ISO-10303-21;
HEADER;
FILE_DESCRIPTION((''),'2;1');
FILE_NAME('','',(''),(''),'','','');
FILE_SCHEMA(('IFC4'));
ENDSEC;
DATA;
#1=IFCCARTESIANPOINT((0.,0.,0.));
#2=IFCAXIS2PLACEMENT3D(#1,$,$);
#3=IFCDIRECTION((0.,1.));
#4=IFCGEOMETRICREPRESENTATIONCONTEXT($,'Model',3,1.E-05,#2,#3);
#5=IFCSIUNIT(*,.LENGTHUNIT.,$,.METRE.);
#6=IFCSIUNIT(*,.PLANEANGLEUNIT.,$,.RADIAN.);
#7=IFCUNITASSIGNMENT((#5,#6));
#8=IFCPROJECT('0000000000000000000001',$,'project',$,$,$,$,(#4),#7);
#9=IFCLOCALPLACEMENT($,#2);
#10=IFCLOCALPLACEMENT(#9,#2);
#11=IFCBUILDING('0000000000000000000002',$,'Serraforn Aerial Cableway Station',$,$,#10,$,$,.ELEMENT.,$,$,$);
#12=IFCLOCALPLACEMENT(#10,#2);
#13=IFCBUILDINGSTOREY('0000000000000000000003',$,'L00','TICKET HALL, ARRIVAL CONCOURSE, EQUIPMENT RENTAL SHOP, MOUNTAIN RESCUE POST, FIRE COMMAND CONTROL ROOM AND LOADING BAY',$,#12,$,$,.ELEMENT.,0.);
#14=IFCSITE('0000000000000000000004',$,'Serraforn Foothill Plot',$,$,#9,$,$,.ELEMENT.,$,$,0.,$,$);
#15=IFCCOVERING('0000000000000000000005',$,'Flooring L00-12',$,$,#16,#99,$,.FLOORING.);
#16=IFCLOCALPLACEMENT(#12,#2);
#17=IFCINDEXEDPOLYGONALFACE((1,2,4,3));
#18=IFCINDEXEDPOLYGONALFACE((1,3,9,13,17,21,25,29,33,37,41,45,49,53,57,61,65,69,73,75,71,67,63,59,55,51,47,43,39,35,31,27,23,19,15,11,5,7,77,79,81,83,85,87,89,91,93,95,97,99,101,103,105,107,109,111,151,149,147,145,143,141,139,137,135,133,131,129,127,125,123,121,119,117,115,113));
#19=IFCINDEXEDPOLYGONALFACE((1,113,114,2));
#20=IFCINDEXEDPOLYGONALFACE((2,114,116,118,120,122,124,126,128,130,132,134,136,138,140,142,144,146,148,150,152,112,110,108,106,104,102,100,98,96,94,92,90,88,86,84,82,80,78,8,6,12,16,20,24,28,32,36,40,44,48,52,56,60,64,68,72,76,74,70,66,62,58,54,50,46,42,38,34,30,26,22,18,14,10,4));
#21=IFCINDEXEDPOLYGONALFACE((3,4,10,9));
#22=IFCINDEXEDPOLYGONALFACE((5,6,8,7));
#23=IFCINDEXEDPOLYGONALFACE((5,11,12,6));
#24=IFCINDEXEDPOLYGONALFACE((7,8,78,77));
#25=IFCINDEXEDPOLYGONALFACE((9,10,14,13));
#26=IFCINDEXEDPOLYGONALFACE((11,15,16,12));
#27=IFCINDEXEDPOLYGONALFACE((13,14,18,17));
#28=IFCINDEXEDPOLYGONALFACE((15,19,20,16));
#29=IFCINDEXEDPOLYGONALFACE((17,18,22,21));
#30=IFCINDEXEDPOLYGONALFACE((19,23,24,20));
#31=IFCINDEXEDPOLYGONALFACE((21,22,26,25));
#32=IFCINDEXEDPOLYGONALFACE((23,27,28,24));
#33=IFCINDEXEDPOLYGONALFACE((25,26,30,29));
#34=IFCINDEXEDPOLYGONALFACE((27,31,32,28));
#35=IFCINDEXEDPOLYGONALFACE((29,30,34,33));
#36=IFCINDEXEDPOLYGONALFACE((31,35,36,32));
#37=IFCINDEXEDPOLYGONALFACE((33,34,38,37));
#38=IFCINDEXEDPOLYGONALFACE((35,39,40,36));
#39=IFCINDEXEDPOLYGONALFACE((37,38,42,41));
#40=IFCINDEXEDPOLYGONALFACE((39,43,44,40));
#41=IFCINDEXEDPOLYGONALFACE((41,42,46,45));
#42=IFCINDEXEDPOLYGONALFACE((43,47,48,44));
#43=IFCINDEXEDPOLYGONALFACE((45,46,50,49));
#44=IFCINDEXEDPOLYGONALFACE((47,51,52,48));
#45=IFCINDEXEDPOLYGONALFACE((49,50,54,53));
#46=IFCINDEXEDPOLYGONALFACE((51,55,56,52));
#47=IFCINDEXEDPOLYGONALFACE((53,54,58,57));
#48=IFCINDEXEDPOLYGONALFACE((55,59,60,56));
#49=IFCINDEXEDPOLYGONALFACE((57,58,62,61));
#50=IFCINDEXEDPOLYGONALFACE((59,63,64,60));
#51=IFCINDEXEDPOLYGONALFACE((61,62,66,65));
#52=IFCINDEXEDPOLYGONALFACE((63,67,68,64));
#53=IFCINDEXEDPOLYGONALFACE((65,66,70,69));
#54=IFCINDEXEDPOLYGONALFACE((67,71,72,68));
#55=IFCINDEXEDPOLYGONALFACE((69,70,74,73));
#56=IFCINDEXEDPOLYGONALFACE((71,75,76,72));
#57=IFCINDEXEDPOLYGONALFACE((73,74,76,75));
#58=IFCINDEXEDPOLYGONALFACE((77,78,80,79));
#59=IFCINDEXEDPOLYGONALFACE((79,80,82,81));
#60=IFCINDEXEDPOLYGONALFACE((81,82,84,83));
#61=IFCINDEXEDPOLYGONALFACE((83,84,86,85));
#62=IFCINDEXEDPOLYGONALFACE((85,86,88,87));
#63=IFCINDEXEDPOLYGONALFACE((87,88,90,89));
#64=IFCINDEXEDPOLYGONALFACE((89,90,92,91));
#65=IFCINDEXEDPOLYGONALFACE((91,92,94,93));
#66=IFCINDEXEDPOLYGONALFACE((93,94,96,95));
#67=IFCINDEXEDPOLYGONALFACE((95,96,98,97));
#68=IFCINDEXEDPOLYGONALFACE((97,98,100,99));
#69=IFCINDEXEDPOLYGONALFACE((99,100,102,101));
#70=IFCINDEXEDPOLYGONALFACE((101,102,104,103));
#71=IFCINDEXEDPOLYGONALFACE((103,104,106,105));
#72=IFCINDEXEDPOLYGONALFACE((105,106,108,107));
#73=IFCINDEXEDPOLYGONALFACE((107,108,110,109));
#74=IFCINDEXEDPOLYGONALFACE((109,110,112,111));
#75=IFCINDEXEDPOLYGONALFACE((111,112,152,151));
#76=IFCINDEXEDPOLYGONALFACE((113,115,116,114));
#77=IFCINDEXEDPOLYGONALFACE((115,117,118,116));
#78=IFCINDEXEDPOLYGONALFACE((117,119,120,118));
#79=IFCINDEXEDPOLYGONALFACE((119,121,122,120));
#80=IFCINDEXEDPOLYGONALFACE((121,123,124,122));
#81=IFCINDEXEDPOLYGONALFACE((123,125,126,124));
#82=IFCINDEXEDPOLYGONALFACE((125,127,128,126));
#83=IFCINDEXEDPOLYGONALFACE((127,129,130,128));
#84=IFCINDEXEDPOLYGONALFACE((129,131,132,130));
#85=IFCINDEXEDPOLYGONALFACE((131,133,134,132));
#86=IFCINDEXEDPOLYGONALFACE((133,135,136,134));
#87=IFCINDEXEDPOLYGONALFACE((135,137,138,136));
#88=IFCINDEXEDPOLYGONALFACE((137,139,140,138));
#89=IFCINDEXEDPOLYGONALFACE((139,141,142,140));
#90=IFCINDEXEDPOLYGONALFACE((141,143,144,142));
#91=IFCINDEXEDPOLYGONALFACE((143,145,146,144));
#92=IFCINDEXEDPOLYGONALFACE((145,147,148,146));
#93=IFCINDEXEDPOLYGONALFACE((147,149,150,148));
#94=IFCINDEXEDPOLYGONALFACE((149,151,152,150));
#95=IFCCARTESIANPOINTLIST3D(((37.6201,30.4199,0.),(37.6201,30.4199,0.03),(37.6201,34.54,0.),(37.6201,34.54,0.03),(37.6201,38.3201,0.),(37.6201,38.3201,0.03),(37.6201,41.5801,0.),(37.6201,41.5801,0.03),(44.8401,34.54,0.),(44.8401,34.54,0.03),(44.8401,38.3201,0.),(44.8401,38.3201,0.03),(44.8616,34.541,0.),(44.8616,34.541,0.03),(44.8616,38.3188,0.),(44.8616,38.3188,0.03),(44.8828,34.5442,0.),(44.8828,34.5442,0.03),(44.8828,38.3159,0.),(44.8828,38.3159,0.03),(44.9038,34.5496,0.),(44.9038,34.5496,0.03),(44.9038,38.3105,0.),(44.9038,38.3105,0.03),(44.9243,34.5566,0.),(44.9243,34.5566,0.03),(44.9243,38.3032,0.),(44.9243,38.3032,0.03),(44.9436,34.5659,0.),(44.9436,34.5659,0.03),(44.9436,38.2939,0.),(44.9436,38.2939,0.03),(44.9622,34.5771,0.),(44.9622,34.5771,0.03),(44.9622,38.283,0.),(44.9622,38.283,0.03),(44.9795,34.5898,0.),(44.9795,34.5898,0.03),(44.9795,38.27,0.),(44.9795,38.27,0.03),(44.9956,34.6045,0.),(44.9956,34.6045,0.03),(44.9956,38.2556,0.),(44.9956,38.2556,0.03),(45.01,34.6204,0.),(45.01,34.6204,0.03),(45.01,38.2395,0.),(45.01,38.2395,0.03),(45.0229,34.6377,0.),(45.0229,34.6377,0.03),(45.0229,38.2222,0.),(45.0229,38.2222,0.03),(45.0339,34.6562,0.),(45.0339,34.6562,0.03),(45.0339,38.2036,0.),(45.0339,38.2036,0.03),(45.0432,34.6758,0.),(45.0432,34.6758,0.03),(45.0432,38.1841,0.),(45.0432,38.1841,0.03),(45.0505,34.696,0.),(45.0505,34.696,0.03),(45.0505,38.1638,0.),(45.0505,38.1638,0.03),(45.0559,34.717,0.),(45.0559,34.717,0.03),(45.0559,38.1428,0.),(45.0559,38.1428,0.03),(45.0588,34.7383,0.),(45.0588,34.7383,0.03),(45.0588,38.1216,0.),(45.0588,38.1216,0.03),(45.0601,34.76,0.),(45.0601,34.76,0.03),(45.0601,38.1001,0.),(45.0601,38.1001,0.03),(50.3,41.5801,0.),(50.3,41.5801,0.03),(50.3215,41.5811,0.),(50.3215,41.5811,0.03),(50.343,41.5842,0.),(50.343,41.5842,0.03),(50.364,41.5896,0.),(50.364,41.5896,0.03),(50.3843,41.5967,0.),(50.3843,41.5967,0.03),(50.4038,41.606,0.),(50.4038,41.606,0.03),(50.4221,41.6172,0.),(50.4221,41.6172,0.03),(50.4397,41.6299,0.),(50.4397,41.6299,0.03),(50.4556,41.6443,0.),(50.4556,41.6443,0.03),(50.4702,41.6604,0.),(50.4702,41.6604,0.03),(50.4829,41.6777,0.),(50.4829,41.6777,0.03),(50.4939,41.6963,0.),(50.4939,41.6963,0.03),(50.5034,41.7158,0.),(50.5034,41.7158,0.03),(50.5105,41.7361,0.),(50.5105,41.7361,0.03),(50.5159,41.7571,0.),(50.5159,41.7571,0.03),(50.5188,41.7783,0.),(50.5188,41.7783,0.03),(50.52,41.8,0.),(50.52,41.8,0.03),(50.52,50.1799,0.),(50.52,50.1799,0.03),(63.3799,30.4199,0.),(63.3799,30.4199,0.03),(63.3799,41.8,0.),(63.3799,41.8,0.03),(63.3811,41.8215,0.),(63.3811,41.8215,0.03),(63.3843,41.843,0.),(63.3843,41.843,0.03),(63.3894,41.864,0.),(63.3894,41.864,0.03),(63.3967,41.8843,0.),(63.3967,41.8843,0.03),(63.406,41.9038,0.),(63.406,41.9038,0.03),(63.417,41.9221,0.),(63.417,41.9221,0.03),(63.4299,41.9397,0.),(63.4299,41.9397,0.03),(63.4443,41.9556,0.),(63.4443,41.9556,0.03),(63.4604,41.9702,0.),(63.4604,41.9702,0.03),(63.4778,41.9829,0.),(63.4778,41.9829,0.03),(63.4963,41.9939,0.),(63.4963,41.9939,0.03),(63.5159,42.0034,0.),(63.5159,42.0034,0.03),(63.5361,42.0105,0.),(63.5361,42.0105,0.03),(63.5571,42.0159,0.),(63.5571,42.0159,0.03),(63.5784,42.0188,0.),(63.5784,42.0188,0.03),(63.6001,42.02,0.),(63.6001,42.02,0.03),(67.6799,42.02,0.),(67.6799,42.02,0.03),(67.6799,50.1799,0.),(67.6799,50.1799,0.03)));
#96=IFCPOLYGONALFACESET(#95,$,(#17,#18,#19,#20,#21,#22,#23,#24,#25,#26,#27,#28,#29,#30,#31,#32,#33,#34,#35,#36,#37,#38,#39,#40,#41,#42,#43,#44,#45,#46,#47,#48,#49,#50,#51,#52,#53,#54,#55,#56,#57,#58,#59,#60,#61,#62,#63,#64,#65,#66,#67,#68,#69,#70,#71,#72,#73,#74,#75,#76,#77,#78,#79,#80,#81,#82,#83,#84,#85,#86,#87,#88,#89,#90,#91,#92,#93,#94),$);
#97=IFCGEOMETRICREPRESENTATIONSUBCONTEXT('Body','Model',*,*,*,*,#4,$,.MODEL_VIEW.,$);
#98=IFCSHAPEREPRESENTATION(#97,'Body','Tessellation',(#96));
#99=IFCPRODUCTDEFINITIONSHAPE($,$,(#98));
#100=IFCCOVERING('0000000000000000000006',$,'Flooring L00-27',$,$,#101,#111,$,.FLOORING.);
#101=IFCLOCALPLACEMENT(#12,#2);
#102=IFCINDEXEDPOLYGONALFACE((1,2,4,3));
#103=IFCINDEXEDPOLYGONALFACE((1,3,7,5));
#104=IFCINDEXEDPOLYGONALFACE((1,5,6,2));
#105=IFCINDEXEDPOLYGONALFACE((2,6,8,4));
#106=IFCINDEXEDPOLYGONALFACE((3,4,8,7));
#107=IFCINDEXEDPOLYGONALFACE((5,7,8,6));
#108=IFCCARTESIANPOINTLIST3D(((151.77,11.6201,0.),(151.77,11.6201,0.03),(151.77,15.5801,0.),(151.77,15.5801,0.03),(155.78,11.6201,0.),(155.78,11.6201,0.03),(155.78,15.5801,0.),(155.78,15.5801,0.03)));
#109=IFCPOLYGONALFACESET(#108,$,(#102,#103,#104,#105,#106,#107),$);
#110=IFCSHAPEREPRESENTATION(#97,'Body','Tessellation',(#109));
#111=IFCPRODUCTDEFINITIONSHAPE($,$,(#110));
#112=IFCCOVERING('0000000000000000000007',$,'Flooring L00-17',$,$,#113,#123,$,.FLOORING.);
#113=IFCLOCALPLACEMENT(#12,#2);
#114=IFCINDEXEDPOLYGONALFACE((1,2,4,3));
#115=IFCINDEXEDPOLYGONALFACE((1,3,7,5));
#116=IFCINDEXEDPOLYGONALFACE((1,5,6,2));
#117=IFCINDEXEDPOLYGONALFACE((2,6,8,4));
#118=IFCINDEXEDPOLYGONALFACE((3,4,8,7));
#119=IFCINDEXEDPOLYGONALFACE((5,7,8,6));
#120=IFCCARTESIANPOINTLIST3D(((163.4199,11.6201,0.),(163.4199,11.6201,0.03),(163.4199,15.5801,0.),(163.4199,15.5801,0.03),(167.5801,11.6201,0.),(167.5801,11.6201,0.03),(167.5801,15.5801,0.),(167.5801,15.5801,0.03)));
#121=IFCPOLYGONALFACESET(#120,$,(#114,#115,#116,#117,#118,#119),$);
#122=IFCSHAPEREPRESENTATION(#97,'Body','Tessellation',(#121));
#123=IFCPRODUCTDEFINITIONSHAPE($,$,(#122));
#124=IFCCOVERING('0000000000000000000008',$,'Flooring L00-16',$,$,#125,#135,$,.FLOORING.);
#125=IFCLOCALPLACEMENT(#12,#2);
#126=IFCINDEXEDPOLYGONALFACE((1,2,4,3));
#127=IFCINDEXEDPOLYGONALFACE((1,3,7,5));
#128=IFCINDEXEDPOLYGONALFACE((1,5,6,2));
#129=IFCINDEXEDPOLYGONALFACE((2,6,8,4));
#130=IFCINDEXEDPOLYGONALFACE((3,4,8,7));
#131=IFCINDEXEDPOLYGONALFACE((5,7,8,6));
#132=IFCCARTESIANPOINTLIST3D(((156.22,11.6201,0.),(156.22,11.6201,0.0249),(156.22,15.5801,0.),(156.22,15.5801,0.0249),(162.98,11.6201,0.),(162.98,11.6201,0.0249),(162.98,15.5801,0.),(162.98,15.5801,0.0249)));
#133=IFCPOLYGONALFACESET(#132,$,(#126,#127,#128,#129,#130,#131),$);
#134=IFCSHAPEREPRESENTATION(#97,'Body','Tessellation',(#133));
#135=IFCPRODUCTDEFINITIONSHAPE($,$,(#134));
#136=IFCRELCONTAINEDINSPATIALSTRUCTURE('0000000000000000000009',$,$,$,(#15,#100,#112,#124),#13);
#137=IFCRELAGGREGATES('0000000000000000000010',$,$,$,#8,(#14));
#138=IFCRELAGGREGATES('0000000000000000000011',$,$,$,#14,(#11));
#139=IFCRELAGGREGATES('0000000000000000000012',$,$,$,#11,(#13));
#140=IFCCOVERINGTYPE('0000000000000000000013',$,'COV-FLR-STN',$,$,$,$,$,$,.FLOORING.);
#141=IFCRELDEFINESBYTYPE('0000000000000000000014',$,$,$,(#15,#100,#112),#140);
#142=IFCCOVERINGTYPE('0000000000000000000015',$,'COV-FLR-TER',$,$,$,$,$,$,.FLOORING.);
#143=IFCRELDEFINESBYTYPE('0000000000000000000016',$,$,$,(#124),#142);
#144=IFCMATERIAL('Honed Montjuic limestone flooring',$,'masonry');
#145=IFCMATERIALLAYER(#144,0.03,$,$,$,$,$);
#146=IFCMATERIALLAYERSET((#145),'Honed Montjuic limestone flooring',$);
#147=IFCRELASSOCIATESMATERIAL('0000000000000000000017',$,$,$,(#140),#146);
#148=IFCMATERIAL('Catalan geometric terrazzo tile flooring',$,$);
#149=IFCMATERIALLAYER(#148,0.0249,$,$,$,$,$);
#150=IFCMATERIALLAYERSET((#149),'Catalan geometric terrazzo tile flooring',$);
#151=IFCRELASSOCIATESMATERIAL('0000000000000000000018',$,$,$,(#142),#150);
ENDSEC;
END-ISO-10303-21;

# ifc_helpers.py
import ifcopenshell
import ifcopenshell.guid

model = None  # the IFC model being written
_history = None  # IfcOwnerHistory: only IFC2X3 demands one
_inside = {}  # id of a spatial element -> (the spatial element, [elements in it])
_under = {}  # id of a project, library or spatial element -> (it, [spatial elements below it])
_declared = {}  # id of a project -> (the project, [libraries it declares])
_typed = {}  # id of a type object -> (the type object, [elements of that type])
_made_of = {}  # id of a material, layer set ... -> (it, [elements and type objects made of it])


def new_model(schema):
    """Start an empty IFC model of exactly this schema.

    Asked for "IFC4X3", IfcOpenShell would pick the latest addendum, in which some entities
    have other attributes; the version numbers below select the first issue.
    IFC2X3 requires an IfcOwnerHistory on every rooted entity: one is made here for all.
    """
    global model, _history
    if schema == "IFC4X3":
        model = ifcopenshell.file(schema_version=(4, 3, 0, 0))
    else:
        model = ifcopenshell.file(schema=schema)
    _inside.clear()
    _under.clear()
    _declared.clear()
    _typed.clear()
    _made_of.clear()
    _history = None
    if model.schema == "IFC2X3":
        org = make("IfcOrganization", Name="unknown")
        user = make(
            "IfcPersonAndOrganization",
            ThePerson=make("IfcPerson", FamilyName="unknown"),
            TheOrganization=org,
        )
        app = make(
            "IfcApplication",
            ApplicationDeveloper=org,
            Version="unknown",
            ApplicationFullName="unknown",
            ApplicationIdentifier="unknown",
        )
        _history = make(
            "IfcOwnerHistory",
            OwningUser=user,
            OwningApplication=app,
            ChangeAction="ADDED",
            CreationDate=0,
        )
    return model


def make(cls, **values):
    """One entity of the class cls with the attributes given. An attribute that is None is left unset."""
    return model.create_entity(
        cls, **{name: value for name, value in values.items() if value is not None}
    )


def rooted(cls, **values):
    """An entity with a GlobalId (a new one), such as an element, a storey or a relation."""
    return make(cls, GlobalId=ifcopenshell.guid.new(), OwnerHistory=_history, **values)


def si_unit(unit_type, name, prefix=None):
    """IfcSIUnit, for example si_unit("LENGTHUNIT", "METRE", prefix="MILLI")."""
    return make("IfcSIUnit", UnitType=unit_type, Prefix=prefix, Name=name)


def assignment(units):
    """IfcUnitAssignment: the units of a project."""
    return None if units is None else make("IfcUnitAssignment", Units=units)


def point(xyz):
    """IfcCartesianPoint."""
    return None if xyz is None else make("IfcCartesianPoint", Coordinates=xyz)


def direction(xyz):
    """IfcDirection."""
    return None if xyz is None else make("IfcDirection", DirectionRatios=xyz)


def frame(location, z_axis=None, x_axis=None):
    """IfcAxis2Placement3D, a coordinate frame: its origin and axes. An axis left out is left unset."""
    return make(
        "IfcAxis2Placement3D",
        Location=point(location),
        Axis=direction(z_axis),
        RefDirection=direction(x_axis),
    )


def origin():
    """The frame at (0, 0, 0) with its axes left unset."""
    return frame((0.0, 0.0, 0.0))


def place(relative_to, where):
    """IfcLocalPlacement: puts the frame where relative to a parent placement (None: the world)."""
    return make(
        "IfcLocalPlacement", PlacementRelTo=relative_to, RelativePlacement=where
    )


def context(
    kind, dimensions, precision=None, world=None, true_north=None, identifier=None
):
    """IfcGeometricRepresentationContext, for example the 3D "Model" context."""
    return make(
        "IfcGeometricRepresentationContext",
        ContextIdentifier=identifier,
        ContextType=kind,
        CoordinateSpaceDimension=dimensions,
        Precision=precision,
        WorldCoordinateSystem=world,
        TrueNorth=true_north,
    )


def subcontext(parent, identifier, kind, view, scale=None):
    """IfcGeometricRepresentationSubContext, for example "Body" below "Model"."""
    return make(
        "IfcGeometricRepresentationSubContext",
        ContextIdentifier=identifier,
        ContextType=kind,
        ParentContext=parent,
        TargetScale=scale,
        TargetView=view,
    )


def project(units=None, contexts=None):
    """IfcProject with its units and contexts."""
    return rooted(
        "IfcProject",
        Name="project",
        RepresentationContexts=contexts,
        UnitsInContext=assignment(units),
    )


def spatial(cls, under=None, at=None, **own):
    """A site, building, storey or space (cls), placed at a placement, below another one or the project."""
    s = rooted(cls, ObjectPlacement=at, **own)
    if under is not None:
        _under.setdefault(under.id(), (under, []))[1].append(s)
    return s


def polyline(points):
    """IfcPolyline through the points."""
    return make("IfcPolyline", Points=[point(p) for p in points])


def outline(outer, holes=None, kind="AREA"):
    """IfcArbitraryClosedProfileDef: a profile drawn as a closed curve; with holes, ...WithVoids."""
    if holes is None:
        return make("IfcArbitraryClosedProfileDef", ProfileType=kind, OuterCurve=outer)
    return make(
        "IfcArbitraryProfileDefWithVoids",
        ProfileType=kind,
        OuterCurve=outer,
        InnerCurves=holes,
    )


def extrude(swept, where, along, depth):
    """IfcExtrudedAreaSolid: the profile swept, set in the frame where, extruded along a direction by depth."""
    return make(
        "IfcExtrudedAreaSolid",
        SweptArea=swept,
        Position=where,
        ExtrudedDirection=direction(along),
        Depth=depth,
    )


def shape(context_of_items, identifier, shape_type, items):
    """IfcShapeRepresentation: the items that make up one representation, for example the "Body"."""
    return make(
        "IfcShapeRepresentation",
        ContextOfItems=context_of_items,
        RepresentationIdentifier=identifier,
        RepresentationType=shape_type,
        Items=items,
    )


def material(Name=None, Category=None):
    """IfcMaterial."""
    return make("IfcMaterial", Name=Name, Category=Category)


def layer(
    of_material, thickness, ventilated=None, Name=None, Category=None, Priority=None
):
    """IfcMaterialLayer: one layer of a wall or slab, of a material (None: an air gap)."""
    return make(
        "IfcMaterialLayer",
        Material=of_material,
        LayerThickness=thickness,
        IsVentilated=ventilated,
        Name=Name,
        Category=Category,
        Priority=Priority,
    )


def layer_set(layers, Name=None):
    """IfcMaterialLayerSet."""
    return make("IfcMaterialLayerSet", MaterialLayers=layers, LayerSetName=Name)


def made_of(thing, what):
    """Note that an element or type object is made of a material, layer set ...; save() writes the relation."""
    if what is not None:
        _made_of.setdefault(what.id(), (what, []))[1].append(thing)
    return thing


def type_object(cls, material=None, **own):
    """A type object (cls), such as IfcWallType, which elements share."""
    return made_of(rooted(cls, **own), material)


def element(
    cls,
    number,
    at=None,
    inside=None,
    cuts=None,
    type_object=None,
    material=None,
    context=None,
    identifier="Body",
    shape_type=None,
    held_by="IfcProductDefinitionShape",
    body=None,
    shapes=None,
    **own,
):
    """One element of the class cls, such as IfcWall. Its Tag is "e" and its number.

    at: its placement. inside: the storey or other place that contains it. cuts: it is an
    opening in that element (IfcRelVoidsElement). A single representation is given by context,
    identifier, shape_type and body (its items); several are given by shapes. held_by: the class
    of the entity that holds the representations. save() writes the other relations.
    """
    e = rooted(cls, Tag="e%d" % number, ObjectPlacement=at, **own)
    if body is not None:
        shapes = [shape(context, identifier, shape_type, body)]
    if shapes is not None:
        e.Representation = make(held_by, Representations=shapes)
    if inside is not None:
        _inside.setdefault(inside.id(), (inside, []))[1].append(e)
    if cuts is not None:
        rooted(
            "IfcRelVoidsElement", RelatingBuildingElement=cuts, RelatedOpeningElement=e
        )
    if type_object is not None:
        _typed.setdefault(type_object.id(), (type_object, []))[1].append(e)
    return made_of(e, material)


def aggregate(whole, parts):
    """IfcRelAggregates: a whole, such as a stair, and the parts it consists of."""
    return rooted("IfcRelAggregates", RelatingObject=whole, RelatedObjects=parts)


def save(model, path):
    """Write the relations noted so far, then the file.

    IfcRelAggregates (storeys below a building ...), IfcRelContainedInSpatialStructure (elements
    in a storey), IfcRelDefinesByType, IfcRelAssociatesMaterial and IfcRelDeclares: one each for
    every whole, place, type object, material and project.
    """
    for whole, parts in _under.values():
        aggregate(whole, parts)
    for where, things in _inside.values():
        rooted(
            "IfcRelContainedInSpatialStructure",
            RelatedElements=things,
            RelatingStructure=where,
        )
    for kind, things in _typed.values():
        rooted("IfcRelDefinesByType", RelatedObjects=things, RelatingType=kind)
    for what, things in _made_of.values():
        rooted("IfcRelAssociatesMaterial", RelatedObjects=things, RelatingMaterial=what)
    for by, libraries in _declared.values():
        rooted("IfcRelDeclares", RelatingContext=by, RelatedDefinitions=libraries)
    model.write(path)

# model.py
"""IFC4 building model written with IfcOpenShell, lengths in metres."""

from ifc_helpers import new_model, si_unit, direction, origin, place, context, subcontext, project, spatial, polyline, outline, extrude, material, layer, layer_set, type_object, element, save


model = new_model("IFC4")

# Units and contexts
model_context = context("Model", 3, precision=1e-05, world=origin(), true_north=direction((0.0, 1.0)))
body_context = subcontext(model_context, "Body", "Model", "MODEL_VIEW")
ifc_project = project(units=[si_unit("LENGTHUNIT", "METRE"), si_unit("PLANEANGLEUNIT", "RADIAN")], contexts=[model_context])

# Site, building, storey
site_placement = place(None, origin())
site = spatial("IfcSite", under=ifc_project, at=site_placement, Name="Serraforn Foothill Plot", CompositionType="ELEMENT", RefElevation=0.0)
building_placement = place(site_placement, origin())
building = spatial("IfcBuilding", under=site, at=building_placement, Name="Serraforn Aerial Cableway Station", CompositionType="ELEMENT")
storey_placement = place(building_placement, origin())
storey = spatial("IfcBuildingStorey", under=building, at=storey_placement, Name="L00", Description="TICKET HALL, ARRIVAL CONCOURSE, EQUIPMENT RENTAL SHOP, MOUNTAIN RESCUE POST, FIRE COMMAND CONTROL ROOM AND LOADING BAY", CompositionType="ELEMENT", Elevation=0.0)

# Coverings
ifc_material_1 = material(Name="Honed Montjuic limestone flooring", Category="masonry")
ifc_layer_1 = layer(ifc_material_1, 0.03)
ifc_layer_set_1 = layer_set([ifc_layer_1], Name="Honed Montjuic limestone flooring")
covering_type_1 = type_object("IfcCoveringType", Name="COV-FLR-STN", PredefinedType="FLOORING", material=ifc_layer_set_1)
covering_1_placement = place(storey_placement, origin())
element("IfcCovering", 1, at=covering_1_placement, inside=storey, type_object=covering_type_1, Name="Flooring L00-12", PredefinedType="FLOORING", context=body_context, shape_type="SweptSolid", body=[
    extrude(outline(polyline([(37.6201, 30.4199), (37.6201, 34.54), (44.8401, 34.54), (44.8616, 34.541), (44.8828, 34.5442), (44.9038, 34.5496), (44.9243, 34.5566), (44.9436, 34.5659), (44.9622, 34.5771), (44.9795, 34.5898), (44.9956, 34.6045), (45.01, 34.6204), (45.0229, 34.6377), (45.0339, 34.6562), (45.0432, 34.6758), (45.0505, 34.696), (45.0559, 34.717), (45.0588, 34.7383), (45.0601, 34.76), (45.0601, 38.1001), (45.0588, 38.1216), (45.0559, 38.1428), (45.0505, 38.1638), (45.0432, 38.1841), (45.0339, 38.2036), (45.0229, 38.2222), (45.01, 38.2395), (44.9956, 38.2556), (44.9795, 38.27), (44.9622, 38.283), (44.9436, 38.2939), (44.9243, 38.3032), (44.9038, 38.3105), (44.8828, 38.3159), (44.8616, 38.3188), (44.8401, 38.3201), (37.6201, 38.3201), (37.6201, 41.5801), (50.3, 41.5801), (50.3215, 41.5811), (50.343, 41.5842), (50.364, 41.5896), (50.3843, 41.5967), (50.4038, 41.606), (50.4221, 41.6172), (50.4397, 41.6299), (50.4556, 41.6443), (50.4702, 41.6604), (50.4829, 41.6777), (50.4939, 41.6963), (50.5034, 41.7158), (50.5105, 41.7361), (50.5159, 41.7571), (50.5188, 41.7783), (50.52, 41.8), (50.52, 50.1799), (67.6799, 50.1799), (67.6799, 42.02), (63.6001, 42.02), (63.5784, 42.0188), (63.5571, 42.0159), (63.5361, 42.0105), (63.5159, 42.0034), (63.4963, 41.9939), (63.4778, 41.9829), (63.4604, 41.9702), (63.4443, 41.9556), (63.4299, 41.9397), (63.417, 41.9221), (63.406, 41.9038), (63.3967, 41.8843), (63.3894, 41.864), (63.3843, 41.843), (63.3811, 41.8215), (63.3799, 41.8), (63.3799, 30.4199), (37.6201, 30.4199)])), origin(), (0.0, 0.0, 1.0), 0.03),
])
covering_2_placement = place(storey_placement, origin())
element("IfcCovering", 2, at=covering_2_placement, inside=storey, type_object=covering_type_1, Name="Flooring L00-27", PredefinedType="FLOORING", context=body_context, shape_type="SweptSolid", body=[
    extrude(outline(polyline([(151.77, 11.6201), (151.77, 15.5801), (155.78, 15.5801), (155.78, 11.6201), (151.77, 11.6201)])), origin(), (0.0, 0.0, 1.0), 0.03),
])
covering_3_placement = place(storey_placement, origin())
element("IfcCovering", 3, at=covering_3_placement, inside=storey, type_object=covering_type_1, Name="Flooring L00-17", PredefinedType="FLOORING", context=body_context, shape_type="SweptSolid", body=[
    extrude(outline(polyline([(163.4199, 11.6201), (163.4199, 15.5801), (167.5801, 15.5801), (167.5801, 11.6201), (163.4199, 11.6201)])), origin(), (0.0, 0.0, 1.0), 0.03),
])
ifc_material_2 = material(Name="Catalan geometric terrazzo tile flooring")
ifc_layer_2 = layer(ifc_material_2, 0.0249)
ifc_layer_set_2 = layer_set([ifc_layer_2], Name="Catalan geometric terrazzo tile flooring")
covering_type_2 = type_object("IfcCoveringType", Name="COV-FLR-TER", PredefinedType="FLOORING", material=ifc_layer_set_2)
covering_4_placement = place(storey_placement, origin())
element("IfcCovering", 4, at=covering_4_placement, inside=storey, type_object=covering_type_2, Name="Flooring L00-16", PredefinedType="FLOORING", context=body_context, shape_type="SweptSolid", body=[
    extrude(outline(polyline([(156.22, 11.6201), (156.22, 15.5801), (162.98, 15.5801), (162.98, 11.6201), (156.22, 11.6201)])), origin(), (0.0, 0.0, 1.0), 0.0249),
])

save(model, "model.ifc")
